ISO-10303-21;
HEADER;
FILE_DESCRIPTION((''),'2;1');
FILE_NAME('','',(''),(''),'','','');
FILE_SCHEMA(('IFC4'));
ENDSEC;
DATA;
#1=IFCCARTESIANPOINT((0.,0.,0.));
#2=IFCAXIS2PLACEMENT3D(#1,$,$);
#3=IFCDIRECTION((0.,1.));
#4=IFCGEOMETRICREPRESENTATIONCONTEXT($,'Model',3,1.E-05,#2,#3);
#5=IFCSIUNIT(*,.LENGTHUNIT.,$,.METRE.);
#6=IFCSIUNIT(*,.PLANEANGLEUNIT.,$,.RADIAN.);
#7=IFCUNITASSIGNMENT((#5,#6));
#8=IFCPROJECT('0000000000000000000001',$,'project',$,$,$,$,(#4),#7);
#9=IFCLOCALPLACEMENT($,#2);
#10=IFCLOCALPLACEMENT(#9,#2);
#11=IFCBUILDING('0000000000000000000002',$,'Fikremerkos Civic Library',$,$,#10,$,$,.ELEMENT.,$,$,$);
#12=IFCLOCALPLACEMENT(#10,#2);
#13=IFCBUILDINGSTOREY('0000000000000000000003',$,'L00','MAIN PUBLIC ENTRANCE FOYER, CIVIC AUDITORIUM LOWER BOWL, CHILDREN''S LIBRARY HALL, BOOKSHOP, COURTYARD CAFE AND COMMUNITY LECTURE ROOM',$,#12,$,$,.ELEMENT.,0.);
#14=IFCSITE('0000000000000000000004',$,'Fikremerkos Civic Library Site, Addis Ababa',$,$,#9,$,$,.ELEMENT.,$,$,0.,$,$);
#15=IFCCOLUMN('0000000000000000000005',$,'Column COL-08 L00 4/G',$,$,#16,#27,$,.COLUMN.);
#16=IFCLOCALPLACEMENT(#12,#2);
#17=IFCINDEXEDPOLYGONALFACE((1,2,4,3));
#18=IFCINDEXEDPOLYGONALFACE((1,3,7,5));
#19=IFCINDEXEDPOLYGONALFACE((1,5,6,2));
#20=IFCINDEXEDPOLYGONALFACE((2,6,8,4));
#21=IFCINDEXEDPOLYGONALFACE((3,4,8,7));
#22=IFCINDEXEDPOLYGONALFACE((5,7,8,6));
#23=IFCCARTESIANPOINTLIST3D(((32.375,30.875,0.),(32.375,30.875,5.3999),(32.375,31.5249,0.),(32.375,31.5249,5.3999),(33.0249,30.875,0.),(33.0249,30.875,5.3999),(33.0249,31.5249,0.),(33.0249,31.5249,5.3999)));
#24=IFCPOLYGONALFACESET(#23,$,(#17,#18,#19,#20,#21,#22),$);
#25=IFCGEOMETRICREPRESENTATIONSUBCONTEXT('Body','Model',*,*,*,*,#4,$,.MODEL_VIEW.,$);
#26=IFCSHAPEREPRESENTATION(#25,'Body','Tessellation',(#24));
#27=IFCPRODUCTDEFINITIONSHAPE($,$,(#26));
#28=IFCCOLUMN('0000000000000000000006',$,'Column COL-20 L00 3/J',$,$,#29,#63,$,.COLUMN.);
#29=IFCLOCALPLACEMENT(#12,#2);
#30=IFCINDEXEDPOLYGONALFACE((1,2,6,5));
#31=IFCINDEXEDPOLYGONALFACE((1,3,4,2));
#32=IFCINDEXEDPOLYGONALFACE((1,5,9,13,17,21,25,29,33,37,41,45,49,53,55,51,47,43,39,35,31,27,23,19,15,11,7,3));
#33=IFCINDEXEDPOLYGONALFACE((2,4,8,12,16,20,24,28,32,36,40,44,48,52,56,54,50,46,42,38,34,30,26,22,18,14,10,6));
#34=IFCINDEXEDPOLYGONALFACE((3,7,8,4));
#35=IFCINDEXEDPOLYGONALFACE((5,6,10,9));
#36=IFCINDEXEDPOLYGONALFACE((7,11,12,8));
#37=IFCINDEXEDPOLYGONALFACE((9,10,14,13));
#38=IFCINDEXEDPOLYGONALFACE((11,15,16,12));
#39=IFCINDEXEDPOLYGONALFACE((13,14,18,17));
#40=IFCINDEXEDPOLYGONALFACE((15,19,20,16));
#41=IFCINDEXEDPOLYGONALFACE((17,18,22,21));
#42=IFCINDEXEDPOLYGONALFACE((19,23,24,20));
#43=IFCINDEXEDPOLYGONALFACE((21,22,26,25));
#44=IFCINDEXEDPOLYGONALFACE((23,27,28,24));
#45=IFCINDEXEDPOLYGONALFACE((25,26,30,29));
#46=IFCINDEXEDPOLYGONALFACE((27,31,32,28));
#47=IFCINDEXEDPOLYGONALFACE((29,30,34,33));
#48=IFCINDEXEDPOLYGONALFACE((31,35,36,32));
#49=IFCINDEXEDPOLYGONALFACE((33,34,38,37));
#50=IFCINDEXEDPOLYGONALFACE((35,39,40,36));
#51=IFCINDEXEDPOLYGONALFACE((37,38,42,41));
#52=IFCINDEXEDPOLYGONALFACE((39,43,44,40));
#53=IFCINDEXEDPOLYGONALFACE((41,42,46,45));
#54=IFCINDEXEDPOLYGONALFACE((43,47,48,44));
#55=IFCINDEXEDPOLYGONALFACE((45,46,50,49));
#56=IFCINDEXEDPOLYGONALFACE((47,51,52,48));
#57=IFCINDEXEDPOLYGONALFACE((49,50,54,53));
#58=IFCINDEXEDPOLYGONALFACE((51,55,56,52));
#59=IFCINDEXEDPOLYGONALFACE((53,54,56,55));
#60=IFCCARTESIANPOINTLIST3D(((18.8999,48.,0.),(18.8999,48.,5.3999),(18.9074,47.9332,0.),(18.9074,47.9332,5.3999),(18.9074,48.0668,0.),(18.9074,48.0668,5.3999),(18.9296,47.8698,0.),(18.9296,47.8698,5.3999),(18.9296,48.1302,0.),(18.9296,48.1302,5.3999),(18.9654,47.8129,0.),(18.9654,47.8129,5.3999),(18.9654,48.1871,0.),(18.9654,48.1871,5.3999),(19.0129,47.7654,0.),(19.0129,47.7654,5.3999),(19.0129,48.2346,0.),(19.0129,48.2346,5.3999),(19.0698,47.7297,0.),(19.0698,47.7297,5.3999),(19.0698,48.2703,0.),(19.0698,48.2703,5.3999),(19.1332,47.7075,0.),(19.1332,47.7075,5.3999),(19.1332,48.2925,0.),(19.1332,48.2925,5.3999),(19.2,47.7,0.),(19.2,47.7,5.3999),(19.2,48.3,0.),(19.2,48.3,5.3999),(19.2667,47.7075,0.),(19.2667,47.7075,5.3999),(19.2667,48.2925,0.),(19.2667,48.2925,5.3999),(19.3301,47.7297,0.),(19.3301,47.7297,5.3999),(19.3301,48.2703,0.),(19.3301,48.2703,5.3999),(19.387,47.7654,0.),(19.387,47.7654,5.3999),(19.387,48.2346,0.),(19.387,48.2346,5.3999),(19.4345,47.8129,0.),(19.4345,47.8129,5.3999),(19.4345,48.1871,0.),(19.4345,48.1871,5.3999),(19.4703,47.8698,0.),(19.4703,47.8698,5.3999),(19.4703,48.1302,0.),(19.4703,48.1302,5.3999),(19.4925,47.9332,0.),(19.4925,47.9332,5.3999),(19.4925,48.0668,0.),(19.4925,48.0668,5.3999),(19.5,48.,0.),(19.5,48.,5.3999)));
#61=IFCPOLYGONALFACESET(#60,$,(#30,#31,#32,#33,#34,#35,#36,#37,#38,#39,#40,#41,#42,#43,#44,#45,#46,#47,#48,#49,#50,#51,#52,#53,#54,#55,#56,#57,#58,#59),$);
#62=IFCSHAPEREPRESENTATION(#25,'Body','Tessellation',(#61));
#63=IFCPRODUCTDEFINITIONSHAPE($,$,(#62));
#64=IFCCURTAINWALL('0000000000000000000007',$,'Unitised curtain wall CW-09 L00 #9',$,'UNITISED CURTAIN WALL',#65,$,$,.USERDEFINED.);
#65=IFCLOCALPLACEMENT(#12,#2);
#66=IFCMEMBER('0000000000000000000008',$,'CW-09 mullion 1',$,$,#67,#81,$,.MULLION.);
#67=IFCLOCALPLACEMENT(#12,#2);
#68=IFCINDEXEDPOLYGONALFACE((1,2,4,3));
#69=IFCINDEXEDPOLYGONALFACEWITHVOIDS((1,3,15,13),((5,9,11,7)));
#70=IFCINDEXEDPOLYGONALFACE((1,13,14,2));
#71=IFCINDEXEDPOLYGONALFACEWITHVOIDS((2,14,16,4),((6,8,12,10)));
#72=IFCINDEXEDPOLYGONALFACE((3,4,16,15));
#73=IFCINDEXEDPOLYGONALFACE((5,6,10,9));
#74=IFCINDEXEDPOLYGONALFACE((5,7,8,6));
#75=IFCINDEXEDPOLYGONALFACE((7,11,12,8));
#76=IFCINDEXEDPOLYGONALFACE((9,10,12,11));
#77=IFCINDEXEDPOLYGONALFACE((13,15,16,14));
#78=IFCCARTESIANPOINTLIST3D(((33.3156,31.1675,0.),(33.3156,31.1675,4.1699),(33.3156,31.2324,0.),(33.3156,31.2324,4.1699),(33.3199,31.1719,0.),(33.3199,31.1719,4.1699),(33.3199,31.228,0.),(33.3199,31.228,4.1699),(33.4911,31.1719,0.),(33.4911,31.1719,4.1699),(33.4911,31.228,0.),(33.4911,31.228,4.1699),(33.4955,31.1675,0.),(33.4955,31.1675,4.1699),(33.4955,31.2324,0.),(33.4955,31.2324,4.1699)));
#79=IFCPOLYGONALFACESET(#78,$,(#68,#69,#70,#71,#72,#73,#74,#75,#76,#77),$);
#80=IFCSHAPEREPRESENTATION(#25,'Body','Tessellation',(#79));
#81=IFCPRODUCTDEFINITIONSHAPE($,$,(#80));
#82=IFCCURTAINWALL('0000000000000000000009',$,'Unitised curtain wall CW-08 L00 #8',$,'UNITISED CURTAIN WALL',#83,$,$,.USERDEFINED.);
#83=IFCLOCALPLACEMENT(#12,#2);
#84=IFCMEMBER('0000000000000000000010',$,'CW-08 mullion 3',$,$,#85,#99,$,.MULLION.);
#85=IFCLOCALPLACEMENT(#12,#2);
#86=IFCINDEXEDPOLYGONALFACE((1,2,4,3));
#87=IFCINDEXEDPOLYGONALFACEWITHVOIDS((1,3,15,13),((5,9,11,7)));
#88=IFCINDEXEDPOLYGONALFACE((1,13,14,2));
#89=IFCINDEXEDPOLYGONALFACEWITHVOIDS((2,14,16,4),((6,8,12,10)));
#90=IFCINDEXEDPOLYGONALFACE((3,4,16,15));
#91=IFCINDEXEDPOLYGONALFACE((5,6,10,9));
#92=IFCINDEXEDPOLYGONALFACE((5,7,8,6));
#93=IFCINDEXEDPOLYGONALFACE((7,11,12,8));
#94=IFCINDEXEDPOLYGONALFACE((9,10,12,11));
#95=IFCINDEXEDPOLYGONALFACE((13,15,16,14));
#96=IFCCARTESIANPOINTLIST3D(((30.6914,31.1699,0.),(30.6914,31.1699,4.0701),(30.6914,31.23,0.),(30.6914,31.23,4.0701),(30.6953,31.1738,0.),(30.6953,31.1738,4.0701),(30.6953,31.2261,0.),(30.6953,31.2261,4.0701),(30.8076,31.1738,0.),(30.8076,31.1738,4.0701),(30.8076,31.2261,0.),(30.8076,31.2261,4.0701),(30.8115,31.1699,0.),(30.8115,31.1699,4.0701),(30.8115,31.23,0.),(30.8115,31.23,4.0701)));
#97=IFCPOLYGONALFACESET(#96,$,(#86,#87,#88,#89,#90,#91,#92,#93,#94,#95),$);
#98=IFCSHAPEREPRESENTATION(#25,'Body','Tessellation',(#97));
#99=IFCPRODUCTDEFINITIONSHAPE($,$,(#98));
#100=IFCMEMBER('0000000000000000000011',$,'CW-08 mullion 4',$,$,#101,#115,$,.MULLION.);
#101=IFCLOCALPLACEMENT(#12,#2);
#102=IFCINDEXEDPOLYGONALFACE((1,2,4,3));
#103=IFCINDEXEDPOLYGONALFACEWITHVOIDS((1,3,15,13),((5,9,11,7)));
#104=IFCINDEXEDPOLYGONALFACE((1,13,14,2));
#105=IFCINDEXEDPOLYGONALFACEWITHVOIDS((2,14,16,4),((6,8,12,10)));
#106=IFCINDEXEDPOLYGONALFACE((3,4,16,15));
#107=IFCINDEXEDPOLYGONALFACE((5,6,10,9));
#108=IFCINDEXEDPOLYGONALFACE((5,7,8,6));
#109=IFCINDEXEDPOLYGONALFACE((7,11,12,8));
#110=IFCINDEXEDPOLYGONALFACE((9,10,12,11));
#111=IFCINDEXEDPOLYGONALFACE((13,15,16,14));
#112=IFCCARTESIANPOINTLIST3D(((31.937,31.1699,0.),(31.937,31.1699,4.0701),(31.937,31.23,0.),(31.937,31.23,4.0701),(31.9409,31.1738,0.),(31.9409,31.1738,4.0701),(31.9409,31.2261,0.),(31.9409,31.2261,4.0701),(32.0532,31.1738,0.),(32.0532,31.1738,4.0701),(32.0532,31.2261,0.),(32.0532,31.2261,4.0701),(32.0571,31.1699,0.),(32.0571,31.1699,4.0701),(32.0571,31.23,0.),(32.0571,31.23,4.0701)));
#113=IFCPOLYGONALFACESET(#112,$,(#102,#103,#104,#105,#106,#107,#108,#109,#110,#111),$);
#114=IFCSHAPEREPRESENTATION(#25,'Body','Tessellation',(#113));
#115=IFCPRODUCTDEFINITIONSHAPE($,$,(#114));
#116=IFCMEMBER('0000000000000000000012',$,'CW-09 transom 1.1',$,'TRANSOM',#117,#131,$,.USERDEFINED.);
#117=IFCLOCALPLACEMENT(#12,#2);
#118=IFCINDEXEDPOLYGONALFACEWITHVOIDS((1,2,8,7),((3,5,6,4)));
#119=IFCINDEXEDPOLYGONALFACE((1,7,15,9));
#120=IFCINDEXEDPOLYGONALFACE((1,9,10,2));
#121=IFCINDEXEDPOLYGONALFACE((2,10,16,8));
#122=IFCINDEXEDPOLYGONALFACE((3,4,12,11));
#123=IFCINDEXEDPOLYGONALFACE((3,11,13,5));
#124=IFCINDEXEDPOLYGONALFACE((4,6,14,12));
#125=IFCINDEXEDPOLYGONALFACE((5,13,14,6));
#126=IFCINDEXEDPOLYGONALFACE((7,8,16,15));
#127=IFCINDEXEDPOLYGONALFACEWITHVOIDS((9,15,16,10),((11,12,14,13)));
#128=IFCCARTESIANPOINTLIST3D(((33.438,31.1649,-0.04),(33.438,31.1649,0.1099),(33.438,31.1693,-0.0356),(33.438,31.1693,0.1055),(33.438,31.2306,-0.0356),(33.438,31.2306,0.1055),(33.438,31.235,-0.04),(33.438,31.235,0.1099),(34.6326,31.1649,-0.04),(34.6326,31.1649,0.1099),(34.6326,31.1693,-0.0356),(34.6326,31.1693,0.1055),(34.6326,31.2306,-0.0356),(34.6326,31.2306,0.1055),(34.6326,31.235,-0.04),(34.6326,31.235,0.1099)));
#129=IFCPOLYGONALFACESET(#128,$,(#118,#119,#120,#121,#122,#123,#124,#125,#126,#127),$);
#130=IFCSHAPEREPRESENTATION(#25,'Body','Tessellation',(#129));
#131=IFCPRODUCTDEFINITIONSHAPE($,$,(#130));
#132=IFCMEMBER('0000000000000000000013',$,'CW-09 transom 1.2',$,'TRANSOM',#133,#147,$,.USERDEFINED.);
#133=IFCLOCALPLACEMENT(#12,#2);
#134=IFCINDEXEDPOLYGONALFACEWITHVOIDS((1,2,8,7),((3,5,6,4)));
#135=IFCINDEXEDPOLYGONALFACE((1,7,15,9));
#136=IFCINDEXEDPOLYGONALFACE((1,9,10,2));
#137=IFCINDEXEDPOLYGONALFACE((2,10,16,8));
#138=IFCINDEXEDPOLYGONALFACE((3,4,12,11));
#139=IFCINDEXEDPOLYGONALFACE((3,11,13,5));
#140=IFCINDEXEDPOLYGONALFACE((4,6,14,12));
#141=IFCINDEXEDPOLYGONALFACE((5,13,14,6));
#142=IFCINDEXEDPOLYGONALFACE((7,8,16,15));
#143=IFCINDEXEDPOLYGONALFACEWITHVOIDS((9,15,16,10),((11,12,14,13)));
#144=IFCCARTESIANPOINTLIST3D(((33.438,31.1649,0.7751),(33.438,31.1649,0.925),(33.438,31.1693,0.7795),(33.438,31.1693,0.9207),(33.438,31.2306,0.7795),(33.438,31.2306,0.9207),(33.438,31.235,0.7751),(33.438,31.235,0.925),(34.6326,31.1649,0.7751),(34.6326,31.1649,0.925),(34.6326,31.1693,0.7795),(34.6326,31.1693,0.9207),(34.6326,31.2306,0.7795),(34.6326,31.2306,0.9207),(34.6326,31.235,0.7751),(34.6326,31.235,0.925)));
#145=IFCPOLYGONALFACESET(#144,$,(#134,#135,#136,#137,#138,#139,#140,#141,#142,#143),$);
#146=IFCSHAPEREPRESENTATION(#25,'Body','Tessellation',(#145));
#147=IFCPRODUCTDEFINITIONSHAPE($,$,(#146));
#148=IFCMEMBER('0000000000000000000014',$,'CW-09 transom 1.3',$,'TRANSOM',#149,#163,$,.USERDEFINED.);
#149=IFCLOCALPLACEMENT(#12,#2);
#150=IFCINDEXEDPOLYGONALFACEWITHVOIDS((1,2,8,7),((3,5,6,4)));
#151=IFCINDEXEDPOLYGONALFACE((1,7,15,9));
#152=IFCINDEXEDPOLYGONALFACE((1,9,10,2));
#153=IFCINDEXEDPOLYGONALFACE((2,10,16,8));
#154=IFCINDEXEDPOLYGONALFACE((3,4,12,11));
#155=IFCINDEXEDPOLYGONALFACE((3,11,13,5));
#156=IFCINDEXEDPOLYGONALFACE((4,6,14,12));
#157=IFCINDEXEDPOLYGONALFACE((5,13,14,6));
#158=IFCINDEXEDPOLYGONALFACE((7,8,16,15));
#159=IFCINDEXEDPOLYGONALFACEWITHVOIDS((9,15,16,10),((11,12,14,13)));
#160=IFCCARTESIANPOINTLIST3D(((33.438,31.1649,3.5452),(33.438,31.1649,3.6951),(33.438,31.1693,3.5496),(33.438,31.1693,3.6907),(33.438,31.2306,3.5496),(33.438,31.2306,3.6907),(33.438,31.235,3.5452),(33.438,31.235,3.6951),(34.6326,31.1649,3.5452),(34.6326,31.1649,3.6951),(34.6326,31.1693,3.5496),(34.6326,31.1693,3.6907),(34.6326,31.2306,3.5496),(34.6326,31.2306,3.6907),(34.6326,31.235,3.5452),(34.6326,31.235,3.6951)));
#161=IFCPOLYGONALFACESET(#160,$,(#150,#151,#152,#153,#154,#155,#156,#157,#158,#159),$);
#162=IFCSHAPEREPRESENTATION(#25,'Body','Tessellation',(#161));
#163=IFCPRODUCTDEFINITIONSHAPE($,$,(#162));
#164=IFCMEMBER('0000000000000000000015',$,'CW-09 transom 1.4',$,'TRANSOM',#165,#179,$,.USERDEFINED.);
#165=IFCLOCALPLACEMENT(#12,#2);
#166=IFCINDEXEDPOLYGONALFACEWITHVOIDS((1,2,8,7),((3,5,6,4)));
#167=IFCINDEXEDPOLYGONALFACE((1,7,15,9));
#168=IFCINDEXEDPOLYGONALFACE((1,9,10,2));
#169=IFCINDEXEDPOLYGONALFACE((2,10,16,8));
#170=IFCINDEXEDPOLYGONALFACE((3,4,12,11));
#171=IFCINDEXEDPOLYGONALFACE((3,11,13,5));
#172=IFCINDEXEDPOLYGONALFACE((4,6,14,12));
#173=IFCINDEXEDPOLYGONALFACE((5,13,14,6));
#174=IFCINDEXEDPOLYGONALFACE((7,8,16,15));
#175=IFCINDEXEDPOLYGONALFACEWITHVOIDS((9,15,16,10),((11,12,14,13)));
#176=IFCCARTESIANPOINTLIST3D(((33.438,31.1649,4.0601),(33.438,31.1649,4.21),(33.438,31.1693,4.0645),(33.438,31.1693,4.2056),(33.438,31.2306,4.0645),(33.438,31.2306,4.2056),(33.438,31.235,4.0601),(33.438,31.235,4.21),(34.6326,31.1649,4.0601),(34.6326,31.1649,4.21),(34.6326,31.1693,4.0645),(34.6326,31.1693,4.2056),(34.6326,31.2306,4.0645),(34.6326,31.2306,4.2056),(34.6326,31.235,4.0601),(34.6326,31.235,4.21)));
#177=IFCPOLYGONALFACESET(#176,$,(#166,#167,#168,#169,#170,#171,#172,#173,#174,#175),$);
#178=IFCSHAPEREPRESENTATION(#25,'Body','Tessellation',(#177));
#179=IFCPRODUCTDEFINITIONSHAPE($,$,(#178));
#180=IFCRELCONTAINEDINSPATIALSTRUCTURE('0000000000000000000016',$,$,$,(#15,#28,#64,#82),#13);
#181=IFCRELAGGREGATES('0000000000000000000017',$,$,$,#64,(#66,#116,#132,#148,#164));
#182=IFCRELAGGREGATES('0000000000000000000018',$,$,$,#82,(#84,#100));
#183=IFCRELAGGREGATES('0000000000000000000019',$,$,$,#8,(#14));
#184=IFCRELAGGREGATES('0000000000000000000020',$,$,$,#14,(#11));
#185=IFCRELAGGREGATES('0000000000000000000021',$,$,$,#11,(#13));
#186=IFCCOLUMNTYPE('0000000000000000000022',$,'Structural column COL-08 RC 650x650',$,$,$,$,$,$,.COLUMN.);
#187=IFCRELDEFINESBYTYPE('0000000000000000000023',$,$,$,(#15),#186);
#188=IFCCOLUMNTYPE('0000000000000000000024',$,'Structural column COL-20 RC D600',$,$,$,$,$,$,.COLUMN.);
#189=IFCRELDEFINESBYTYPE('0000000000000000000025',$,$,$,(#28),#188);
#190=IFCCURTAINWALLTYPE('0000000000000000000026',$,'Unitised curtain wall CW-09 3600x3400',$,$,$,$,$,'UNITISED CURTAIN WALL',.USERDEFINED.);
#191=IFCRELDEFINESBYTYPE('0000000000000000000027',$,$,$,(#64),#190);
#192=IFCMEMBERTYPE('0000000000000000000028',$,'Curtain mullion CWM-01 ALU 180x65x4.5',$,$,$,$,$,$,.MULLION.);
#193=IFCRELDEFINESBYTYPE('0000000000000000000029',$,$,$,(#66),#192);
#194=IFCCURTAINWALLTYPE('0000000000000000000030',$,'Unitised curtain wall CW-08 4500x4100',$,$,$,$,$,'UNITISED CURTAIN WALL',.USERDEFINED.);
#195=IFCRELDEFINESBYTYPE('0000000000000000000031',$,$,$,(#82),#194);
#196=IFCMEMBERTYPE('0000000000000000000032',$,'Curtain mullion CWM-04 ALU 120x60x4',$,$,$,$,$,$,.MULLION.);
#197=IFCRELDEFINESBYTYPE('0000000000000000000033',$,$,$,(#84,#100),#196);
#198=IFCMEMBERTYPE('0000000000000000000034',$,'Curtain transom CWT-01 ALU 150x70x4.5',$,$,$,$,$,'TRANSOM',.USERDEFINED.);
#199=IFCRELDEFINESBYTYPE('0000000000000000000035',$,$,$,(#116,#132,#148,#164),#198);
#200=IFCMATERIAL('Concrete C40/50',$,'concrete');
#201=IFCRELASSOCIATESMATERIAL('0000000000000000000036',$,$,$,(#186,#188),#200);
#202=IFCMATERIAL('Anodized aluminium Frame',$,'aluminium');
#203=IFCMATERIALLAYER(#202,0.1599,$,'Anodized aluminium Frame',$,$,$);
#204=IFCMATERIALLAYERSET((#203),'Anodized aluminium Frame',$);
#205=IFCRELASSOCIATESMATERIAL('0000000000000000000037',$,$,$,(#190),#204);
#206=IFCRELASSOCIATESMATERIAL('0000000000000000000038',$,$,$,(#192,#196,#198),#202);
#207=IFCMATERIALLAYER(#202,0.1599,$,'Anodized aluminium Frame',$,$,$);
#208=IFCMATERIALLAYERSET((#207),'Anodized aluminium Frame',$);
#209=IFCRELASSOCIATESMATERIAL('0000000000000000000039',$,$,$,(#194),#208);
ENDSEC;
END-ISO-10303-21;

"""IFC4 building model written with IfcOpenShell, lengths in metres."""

from ifc_helpers import new_model, si_unit, direction, frame, origin, origin_2d, place, context, subcontext, project, spatial, rectangle, hollow_rectangle, circle, extrude, material, layer, layer_set, material_profile, profile_set, type_object, element, aggregate, save


model = new_model("IFC4")

# Units and contexts
model_context = context("Model", 3, precision=1e-05, world=origin(), true_north=direction((0.0, 1.0)))
body_context = subcontext(model_context, "Body", "Model", "MODEL_VIEW")
ifc_project = project(units=[si_unit("LENGTHUNIT", "METRE"), si_unit("PLANEANGLEUNIT", "RADIAN")], contexts=[model_context])

# Site, building, storey
site_placement = place(None, origin())
site = spatial("IfcSite", under=ifc_project, at=site_placement, Name="Fikremerkos Civic Library Site, Addis Ababa", CompositionType="ELEMENT", RefElevation=0.0)
building_placement = place(site_placement, origin())
building = spatial("IfcBuilding", under=site, at=building_placement, Name="Fikremerkos Civic Library", CompositionType="ELEMENT")
storey_placement = place(building_placement, origin())
storey = spatial("IfcBuildingStorey", under=building, at=storey_placement, Name="L00", Description="MAIN PUBLIC ENTRANCE FOYER, CIVIC AUDITORIUM LOWER BOWL, CHILDREN'S LIBRARY HALL, BOOKSHOP, COURTYARD CAFE AND COMMUNITY LECTURE ROOM", CompositionType="ELEMENT", Elevation=0.0)

# Columns
ifc_material_1 = material(Name="Concrete C40/50", Category="concrete")
ifc_material_profile_1 = material_profile(ifc_material_1, rectangle(XDim=0.6499, YDim=0.6499, at=origin_2d()), Name="RC 650x650")
ifc_profile_set_1 = profile_set([ifc_material_profile_1], Name="Concrete C40/50")
column_type_1 = type_object("IfcColumnType", Name="Structural column COL-08 RC 650x650", PredefinedType="COLUMN", material=ifc_profile_set_1)
column_1_placement = place(storey_placement, frame((32.7, 31.2, 0.0), z_axis=(0.0, 0.0, 1.0), x_axis=(1.0, 0.0, 0.0)))
element("IfcColumn", 1, at=column_1_placement, inside=storey, type_object=column_type_1, Name="Column COL-08 L00 4/G", PredefinedType="COLUMN", context=body_context, shape_type="SweptSolid", body=[
    extrude(rectangle(XDim=0.6499, YDim=0.6499, at=origin_2d()), origin(), (0.0, 0.0, 1.0), 5.3999),
])
ifc_material_profile_2 = material_profile(ifc_material_1, circle(Radius=0.3, at=origin_2d()), Name="RC D600")
ifc_profile_set_2 = profile_set([ifc_material_profile_2], Name="Concrete C40/50")
column_type_2 = type_object("IfcColumnType", Name="Structural column COL-20 RC D600", PredefinedType="COLUMN", material=ifc_profile_set_2)
column_2_placement = place(storey_placement, frame((19.2, 48.0, 0.0), z_axis=(0.0, 0.0, 1.0), x_axis=(1.0, 0.0, 0.0)))
element("IfcColumn", 2, at=column_2_placement, inside=storey, type_object=column_type_2, Name="Column COL-20 L00 3/J", PredefinedType="COLUMN", context=body_context, shape_type="SweptSolid", body=[
    extrude(circle(Radius=0.3, at=origin_2d()), origin(), (0.0, 0.0, 1.0), 5.3999),
])

# Curtain wall, member
ifc_material_2 = material(Name="Anodized aluminium Frame", Category="aluminium")
ifc_layer_1 = layer(ifc_material_2, 0.1599, Name="Anodized aluminium Frame")
ifc_layer_set_1 = layer_set([ifc_layer_1], Name="Anodized aluminium Frame")
curtain_wall_type_1 = type_object("IfcCurtainWallType", Name="Unitised curtain wall CW-09 3600x3400", ElementType="UNITISED CURTAIN WALL", PredefinedType="USERDEFINED", material=ifc_layer_set_1)
curtain_wall_1_placement = place(storey_placement, origin())
curtain_wall_1 = element("IfcCurtainWall", 3, at=curtain_wall_1_placement, inside=storey, type_object=curtain_wall_type_1, Name="Unitised curtain wall CW-09 L00 #9", ObjectType="UNITISED CURTAIN WALL", PredefinedType="USERDEFINED")
ifc_material_profile_3 = material_profile(ifc_material_2, hollow_rectangle(XDim=0.0649, YDim=0.1799, WallThickness=0.0044, at=origin_2d()), Name="ALU 180x65x4.5")
ifc_profile_set_3 = profile_set([ifc_material_profile_3], Name="Anodized aluminium Frame")
member_type_1 = type_object("IfcMemberType", Name="Curtain mullion CWM-01 ALU 180x65x4.5", PredefinedType="MULLION", material=ifc_profile_set_3)
member_1_placement = place(storey_placement, frame((33.4055, 31.2, 0.0), z_axis=(0.0, 0.0, 1.0), x_axis=(0.0, 1.0, 0.0)))
member_1 = element("IfcMember", 4, at=member_1_placement, type_object=member_type_1, Name="CW-09 mullion 1", PredefinedType="MULLION", context=body_context, shape_type="SweptSolid", body=[
    extrude(hollow_rectangle(XDim=0.0649, YDim=0.1799, WallThickness=0.0044, at=origin_2d()), origin(), (0.0, 0.0, 1.0), 4.1699),
])

# Curtain wall, members
ifc_layer_2 = layer(ifc_material_2, 0.1599, Name="Anodized aluminium Frame")
ifc_layer_set_2 = layer_set([ifc_layer_2], Name="Anodized aluminium Frame")
curtain_wall_type_2 = type_object("IfcCurtainWallType", Name="Unitised curtain wall CW-08 4500x4100", ElementType="UNITISED CURTAIN WALL", PredefinedType="USERDEFINED", material=ifc_layer_set_2)
curtain_wall_2_placement = place(storey_placement, origin())
curtain_wall_2 = element("IfcCurtainWall", 5, at=curtain_wall_2_placement, inside=storey, type_object=curtain_wall_type_2, Name="Unitised curtain wall CW-08 L00 #8", ObjectType="UNITISED CURTAIN WALL", PredefinedType="USERDEFINED")
ifc_material_profile_4 = material_profile(ifc_material_2, hollow_rectangle(XDim=0.0601, YDim=0.1201, WallThickness=0.0039, at=origin_2d()), Name="ALU 120x60x4")
ifc_profile_set_4 = profile_set([ifc_material_profile_4], Name="Anodized aluminium Frame")
member_type_2 = type_object("IfcMemberType", Name="Curtain mullion CWM-04 ALU 120x60x4", PredefinedType="MULLION", material=ifc_profile_set_4)
member_2_placement = place(storey_placement, frame((30.7515, 31.2, 0.0), z_axis=(0.0, 0.0, 1.0), x_axis=(0.0, 1.0, 0.0)))
member_2 = element("IfcMember", 6, at=member_2_placement, type_object=member_type_2, Name="CW-08 mullion 3", PredefinedType="MULLION", context=body_context, shape_type="SweptSolid", body=[
    extrude(hollow_rectangle(XDim=0.0601, YDim=0.1201, WallThickness=0.0039, at=origin_2d()), origin(), (0.0, 0.0, 1.0), 4.0701),
])
member_3_placement = place(storey_placement, frame((31.9971, 31.2, 0.0), z_axis=(0.0, 0.0, 1.0), x_axis=(0.0, 1.0, 0.0)))
member_3 = element("IfcMember", 7, at=member_3_placement, type_object=member_type_2, Name="CW-08 mullion 4", PredefinedType="MULLION", context=body_context, shape_type="SweptSolid", body=[
    extrude(hollow_rectangle(XDim=0.0601, YDim=0.1201, WallThickness=0.0039, at=origin_2d()), origin(), (0.0, 0.0, 1.0), 4.0701),
])

# Members
ifc_material_profile_5 = material_profile(ifc_material_2, hollow_rectangle(XDim=0.0701, YDim=0.1499, WallThickness=0.0044, at=origin_2d()), Name="ALU 150x70x4.5")
ifc_profile_set_5 = profile_set([ifc_material_profile_5], Name="Anodized aluminium Frame")
member_type_3 = type_object("IfcMemberType", Name="Curtain transom CWT-01 ALU 150x70x4.5", ElementType="TRANSOM", PredefinedType="USERDEFINED", material=ifc_profile_set_5)
member_4_placement = place(storey_placement, frame((33.438, 31.2, 0.0349), z_axis=(1.0, 0.0, 0.0), x_axis=(0.0, 1.0, 0.0)))
member_4 = element("IfcMember", 8, at=member_4_placement, type_object=member_type_3, Name="CW-09 transom 1.1", ObjectType="TRANSOM", PredefinedType="USERDEFINED", context=body_context, shape_type="SweptSolid", body=[
    extrude(hollow_rectangle(XDim=0.0701, YDim=0.1499, WallThickness=0.0044, at=origin_2d()), origin(), (0.0, 0.0, 1.0), 1.1946),
])
member_5_placement = place(storey_placement, frame((33.438, 31.2, 0.8501), z_axis=(1.0, 0.0, 0.0), x_axis=(0.0, 1.0, 0.0)))
member_5 = element("IfcMember", 9, at=member_5_placement, type_object=member_type_3, Name="CW-09 transom 1.2", ObjectType="TRANSOM", PredefinedType="USERDEFINED", context=body_context, shape_type="SweptSolid", body=[
    extrude(hollow_rectangle(XDim=0.0701, YDim=0.1499, WallThickness=0.0044, at=origin_2d()), origin(), (0.0, 0.0, 1.0), 1.1946),
])
member_6_placement = place(storey_placement, frame((33.438, 31.2, 3.6201), z_axis=(1.0, 0.0, 0.0), x_axis=(0.0, 1.0, 0.0)))
member_6 = element("IfcMember", 10, at=member_6_placement, type_object=member_type_3, Name="CW-09 transom 1.3", ObjectType="TRANSOM", PredefinedType="USERDEFINED", context=body_context, shape_type="SweptSolid", body=[
    extrude(hollow_rectangle(XDim=0.0701, YDim=0.1499, WallThickness=0.0044, at=origin_2d()), origin(), (0.0, 0.0, 1.0), 1.1946),
])
member_7_placement = place(storey_placement, frame((33.438, 31.2, 4.135), z_axis=(1.0, 0.0, 0.0), x_axis=(0.0, 1.0, 0.0)))
member_7 = element("IfcMember", 11, at=member_7_placement, type_object=member_type_3, Name="CW-09 transom 1.4", ObjectType="TRANSOM", PredefinedType="USERDEFINED", context=body_context, shape_type="SweptSolid", body=[
    extrude(hollow_rectangle(XDim=0.0701, YDim=0.1499, WallThickness=0.0044, at=origin_2d()), origin(), (0.0, 0.0, 1.0), 1.1946),
])

aggregate(curtain_wall_1, [member_1, member_4, member_5, member_6, member_7])
aggregate(curtain_wall_2, [member_2, member_3])

save(model, "model.ifc")
